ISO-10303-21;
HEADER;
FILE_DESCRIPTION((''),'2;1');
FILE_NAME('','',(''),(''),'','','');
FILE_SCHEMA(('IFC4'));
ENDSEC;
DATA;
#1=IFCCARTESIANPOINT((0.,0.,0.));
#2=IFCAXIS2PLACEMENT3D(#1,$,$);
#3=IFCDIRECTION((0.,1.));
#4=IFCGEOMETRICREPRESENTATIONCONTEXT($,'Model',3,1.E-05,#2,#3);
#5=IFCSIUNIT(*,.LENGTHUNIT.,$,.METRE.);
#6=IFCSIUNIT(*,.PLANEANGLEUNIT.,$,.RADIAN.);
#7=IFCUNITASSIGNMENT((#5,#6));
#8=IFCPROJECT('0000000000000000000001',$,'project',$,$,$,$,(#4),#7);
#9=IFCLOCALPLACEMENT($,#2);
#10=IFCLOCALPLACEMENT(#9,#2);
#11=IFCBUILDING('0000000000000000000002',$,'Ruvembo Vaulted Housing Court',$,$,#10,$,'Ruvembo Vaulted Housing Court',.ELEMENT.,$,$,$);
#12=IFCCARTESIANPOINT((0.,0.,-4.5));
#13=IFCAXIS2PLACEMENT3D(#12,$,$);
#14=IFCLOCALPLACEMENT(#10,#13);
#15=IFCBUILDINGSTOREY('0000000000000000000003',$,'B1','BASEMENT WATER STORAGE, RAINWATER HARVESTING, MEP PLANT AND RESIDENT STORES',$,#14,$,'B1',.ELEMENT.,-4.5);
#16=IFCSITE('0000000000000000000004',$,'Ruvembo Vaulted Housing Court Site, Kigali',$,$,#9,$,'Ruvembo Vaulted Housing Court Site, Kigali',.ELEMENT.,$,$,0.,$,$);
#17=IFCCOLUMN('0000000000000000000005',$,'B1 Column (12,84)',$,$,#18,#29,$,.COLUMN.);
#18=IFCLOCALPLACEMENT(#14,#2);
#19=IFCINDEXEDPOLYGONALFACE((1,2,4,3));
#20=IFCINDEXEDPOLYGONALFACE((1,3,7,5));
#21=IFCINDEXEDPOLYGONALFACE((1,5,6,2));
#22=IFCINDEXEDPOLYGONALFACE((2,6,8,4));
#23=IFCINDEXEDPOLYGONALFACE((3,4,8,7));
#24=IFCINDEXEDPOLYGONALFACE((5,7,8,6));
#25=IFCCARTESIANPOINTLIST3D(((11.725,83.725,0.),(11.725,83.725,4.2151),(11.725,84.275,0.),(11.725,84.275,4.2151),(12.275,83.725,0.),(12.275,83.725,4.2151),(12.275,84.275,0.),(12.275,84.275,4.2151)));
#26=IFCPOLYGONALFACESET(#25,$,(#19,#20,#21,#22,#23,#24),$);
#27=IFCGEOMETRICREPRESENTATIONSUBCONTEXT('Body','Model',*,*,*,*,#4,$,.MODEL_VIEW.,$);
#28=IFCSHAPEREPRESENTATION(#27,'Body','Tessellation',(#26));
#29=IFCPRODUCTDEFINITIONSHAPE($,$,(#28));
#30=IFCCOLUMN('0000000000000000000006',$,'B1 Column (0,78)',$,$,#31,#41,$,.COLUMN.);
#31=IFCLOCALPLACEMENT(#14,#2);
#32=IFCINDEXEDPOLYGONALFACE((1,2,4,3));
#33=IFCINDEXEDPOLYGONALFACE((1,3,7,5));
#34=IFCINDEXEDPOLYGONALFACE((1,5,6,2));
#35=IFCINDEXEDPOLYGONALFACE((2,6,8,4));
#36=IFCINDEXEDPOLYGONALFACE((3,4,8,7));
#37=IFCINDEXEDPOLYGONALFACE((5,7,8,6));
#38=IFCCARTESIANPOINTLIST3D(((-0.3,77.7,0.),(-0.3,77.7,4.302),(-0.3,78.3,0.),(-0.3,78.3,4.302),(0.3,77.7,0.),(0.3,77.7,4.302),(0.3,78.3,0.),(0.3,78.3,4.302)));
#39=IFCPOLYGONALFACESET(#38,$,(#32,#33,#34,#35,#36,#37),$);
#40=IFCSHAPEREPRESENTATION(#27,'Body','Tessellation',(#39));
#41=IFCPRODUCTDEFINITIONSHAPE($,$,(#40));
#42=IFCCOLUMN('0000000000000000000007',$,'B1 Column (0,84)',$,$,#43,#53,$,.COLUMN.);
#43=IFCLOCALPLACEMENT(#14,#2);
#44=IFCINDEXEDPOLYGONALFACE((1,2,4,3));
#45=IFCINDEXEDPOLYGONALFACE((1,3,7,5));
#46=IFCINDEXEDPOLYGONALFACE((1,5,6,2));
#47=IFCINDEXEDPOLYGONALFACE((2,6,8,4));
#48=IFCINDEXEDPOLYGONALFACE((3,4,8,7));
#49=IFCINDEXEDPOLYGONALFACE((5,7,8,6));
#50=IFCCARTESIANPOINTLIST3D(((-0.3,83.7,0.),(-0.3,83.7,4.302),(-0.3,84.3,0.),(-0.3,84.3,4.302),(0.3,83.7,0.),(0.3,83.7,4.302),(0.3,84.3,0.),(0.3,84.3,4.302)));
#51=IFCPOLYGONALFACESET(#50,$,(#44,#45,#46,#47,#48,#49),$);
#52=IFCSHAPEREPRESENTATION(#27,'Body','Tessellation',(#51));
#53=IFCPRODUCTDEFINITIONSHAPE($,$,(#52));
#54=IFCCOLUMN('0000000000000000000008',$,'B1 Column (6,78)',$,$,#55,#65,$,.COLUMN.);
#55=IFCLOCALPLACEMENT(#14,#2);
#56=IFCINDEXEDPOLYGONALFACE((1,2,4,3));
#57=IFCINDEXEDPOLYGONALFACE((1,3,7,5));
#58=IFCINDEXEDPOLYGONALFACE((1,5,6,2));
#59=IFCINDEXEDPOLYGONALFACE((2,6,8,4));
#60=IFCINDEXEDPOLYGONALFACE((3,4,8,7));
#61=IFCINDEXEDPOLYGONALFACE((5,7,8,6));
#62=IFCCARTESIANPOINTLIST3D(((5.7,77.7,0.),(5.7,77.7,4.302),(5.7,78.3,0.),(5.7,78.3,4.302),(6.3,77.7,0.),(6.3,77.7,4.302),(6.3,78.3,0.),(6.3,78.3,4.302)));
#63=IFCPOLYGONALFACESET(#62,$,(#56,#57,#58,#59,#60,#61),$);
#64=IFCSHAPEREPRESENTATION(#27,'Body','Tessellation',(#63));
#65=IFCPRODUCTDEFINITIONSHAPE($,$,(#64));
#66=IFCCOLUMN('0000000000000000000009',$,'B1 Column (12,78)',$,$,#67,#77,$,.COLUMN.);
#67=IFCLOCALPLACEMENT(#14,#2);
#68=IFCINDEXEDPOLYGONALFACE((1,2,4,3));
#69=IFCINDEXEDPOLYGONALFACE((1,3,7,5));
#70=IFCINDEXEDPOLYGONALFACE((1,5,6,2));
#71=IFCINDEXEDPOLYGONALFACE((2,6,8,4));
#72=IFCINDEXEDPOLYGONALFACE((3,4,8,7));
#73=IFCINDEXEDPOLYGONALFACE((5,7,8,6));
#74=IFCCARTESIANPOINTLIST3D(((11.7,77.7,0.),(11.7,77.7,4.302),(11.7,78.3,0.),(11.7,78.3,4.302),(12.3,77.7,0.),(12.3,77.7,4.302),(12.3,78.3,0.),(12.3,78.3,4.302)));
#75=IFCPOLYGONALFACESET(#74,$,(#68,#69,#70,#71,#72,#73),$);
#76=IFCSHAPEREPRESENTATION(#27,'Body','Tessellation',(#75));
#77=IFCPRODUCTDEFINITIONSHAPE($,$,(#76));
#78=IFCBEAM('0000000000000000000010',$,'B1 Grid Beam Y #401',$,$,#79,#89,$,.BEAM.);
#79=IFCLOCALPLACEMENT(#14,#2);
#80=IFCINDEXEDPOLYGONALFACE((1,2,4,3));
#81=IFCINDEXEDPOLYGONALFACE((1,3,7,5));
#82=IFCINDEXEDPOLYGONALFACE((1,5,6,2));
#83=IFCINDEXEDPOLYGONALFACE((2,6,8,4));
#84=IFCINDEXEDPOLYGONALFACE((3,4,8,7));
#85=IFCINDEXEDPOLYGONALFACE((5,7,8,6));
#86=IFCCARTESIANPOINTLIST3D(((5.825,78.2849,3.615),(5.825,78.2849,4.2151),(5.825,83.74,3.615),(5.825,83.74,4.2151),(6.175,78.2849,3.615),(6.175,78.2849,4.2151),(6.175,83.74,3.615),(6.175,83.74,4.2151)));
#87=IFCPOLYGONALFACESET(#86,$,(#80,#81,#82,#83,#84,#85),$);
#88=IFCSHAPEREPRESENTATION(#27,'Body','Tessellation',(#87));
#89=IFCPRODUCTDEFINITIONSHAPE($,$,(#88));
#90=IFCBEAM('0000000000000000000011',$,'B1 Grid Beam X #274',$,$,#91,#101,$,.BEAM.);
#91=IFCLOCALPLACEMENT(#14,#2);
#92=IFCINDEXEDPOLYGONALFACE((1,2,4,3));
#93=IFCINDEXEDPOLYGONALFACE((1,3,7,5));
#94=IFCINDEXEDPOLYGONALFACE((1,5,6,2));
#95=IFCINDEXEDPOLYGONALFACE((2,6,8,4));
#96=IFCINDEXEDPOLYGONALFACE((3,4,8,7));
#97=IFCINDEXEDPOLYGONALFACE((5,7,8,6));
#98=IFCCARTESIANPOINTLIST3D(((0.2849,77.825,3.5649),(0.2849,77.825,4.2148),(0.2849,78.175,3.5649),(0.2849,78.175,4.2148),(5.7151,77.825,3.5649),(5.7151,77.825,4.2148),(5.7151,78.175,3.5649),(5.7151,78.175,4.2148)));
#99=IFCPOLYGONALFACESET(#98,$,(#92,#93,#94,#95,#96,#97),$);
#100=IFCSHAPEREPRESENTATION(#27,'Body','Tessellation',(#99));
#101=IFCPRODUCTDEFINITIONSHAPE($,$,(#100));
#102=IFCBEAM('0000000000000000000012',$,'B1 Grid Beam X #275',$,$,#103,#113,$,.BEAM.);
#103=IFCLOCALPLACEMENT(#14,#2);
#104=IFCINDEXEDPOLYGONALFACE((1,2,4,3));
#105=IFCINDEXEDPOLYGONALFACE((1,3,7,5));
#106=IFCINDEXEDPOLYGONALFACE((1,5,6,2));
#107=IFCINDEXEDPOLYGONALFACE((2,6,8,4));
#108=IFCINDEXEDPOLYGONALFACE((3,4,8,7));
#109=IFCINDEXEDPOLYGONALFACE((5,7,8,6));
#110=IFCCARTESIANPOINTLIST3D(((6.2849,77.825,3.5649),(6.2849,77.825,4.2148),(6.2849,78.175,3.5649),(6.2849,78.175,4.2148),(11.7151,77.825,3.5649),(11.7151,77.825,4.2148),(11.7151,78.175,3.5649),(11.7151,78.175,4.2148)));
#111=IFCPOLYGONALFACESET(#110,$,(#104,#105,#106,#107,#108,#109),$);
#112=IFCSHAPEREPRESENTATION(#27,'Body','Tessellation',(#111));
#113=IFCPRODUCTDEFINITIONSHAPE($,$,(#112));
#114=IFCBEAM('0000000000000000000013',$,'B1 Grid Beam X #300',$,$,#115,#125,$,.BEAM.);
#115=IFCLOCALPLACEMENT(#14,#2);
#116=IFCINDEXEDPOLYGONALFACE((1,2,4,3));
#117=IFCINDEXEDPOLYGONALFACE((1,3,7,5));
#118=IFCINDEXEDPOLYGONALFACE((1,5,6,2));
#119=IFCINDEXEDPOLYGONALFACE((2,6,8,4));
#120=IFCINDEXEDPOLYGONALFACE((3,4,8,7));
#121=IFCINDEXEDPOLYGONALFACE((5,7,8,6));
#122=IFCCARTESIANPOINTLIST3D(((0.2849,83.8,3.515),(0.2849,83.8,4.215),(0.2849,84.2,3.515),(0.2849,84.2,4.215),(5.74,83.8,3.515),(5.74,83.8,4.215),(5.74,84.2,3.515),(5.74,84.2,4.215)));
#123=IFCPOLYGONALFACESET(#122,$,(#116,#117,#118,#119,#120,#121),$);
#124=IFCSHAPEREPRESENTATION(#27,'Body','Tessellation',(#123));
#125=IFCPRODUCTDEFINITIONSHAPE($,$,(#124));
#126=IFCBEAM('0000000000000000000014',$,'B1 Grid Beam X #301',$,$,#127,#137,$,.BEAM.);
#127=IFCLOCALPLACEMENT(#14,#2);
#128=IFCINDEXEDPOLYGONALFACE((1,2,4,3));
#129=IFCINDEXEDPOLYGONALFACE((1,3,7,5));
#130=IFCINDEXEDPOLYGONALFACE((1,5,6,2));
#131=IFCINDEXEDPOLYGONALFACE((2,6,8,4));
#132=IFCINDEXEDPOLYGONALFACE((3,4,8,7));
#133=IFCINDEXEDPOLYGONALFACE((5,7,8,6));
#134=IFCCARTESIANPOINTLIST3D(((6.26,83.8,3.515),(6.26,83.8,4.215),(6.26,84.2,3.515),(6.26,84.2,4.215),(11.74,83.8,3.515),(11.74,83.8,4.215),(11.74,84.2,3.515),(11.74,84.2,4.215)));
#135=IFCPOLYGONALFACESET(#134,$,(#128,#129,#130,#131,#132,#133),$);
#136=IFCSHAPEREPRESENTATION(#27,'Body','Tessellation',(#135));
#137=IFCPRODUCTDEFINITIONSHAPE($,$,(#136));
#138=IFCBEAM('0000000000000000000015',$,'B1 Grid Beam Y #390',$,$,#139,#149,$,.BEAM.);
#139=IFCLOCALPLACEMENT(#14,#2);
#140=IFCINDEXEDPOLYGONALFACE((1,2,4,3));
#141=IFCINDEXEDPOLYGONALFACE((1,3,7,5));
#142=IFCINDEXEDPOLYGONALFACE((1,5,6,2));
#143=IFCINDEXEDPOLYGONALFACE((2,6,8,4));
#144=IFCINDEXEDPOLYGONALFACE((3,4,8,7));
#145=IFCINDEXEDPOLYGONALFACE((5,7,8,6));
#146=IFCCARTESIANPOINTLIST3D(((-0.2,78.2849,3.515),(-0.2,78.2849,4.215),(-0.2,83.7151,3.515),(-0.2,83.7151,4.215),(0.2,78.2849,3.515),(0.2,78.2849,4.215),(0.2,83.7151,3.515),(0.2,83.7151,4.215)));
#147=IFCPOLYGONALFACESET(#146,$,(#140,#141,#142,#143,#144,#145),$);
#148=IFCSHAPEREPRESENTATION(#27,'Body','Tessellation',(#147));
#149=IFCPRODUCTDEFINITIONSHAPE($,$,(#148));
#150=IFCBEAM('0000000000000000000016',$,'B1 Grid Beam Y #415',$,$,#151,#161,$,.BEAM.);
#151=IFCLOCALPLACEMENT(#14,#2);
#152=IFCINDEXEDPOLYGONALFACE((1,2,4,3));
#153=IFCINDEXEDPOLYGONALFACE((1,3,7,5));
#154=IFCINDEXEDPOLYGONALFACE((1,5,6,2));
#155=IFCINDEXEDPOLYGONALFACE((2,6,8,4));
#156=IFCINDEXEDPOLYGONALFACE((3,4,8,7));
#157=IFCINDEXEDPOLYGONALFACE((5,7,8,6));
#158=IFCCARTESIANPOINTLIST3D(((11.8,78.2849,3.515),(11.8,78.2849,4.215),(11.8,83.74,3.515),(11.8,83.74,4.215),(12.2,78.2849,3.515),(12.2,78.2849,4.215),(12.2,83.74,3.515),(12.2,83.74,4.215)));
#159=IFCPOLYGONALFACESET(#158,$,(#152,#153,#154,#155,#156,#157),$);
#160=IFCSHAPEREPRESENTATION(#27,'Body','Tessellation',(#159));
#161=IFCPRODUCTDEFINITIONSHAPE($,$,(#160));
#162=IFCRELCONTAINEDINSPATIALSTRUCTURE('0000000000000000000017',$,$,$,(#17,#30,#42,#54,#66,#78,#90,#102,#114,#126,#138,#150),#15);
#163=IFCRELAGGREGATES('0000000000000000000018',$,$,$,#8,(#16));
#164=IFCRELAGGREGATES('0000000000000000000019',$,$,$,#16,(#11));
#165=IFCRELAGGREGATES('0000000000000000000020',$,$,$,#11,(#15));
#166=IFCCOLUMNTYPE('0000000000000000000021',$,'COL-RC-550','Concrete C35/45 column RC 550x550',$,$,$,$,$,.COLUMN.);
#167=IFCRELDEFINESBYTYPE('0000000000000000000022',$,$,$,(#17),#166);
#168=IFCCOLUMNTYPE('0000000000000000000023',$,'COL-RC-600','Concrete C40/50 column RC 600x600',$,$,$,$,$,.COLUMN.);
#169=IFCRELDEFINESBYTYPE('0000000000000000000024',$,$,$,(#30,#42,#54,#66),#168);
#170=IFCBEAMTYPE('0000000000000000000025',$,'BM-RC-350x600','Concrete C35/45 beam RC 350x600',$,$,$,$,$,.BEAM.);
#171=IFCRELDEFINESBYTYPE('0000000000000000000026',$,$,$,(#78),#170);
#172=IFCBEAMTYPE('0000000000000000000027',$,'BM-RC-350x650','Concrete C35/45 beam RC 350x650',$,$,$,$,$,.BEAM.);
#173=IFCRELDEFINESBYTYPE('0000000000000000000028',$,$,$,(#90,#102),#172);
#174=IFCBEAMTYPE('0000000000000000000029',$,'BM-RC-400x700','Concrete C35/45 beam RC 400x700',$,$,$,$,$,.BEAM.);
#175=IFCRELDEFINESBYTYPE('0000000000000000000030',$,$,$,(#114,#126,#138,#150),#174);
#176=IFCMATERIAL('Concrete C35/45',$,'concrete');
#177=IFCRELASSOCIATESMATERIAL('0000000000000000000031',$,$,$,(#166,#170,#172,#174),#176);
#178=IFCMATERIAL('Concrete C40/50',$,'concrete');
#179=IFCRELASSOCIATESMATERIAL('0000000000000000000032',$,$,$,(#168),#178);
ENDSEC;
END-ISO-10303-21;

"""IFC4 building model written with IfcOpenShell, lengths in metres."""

from ifc_helpers import new_model, si_unit, direction, frame, origin, origin_2d, place, context, subcontext, project, spatial, rectangle, extrude, material, material_profile, profile_set, type_object, element, save


model = new_model("IFC4")

# Units and contexts
model_context = context("Model", 3, precision=1e-05, world=origin(), true_north=direction((0.0, 1.0)))
body_context = subcontext(model_context, "Body", "Model", "MODEL_VIEW")
ifc_project = project(units=[si_unit("LENGTHUNIT", "METRE"), si_unit("PLANEANGLEUNIT", "RADIAN")], contexts=[model_context])

# Site, building, storey
site_placement = place(None, origin())
site = spatial("IfcSite", under=ifc_project, at=site_placement, Name="Ruvembo Vaulted Housing Court Site, Kigali", LongName="Ruvembo Vaulted Housing Court Site, Kigali", CompositionType="ELEMENT", RefElevation=0.0)
building_placement = place(site_placement, origin())
building = spatial("IfcBuilding", under=site, at=building_placement, Name="Ruvembo Vaulted Housing Court", LongName="Ruvembo Vaulted Housing Court", CompositionType="ELEMENT")
storey_placement = place(building_placement, frame((0.0, 0.0, -4.5)))
storey = spatial("IfcBuildingStorey", under=building, at=storey_placement, Name="B1", Description="BASEMENT WATER STORAGE, RAINWATER HARVESTING, MEP PLANT AND RESIDENT STORES", LongName="B1", CompositionType="ELEMENT", Elevation=-4.5)

# Shared definitions
ifc_material_1 = material(Name="Concrete C35/45", Category="concrete")

# Columns
ifc_material_profile_1 = material_profile(ifc_material_1, rectangle(XDim=0.55, YDim=0.55, at=origin_2d()), Name="RC 550x550")
ifc_profile_set_1 = profile_set([ifc_material_profile_1], Name="Concrete C35/45")
column_type_1 = type_object("IfcColumnType", Name="COL-RC-550", Description="Concrete C35/45 column RC 550x550", PredefinedType="COLUMN", material=ifc_profile_set_1)
for number, where, z_axis, x_axis, name in (
    (1, (12.0, 84.0, 0.0), (0.0, 0.0, 1.0), (1.0, 0.0, 0.0), "B1 Column (12,84)"),
):
    element("IfcColumn", number, at=place(storey_placement, frame(where, z_axis=z_axis, x_axis=x_axis)), inside=storey, type_object=column_type_1, Name=name, PredefinedType="COLUMN", context=body_context, shape_type="SweptSolid", body=[
        extrude(rectangle(XDim=0.55, YDim=0.55, at=origin_2d()), origin(), (0.0, 0.0, 1.0), 4.2151),
    ])
ifc_material_2 = material(Name="Concrete C40/50", Category="concrete")
ifc_material_profile_2 = material_profile(ifc_material_2, rectangle(XDim=0.6001, YDim=0.6001, at=origin_2d()), Name="RC 600x600")
ifc_profile_set_2 = profile_set([ifc_material_profile_2], Name="Concrete C40/50")
column_type_2 = type_object("IfcColumnType", Name="COL-RC-600", Description="Concrete C40/50 column RC 600x600", PredefinedType="COLUMN", material=ifc_profile_set_2)
for number, where, z_axis, x_axis, name in (
    (2, (0.0, 78.0, 0.0), (0.0, 0.0, 1.0), (1.0, 0.0, 0.0), "B1 Column (0,78)"),
    (3, (0.0, 84.0, 0.0), (0.0, 0.0, 1.0), (1.0, 0.0, 0.0), "B1 Column (0,84)"),
    (4, (6.0, 78.0, 0.0), (0.0, 0.0, 1.0), (1.0, 0.0, 0.0), "B1 Column (6,78)"),
    (5, (12.0, 78.0, 0.0), (0.0, 0.0, 1.0), (1.0, 0.0, 0.0), "B1 Column (12,78)"),
):
    element("IfcColumn", number, at=place(storey_placement, frame(where, z_axis=z_axis, x_axis=x_axis)), inside=storey, type_object=column_type_2, Name=name, PredefinedType="COLUMN", context=body_context, shape_type="SweptSolid", body=[
        extrude(rectangle(XDim=0.6001, YDim=0.6001, at=origin_2d()), origin(), (0.0, 0.0, 1.0), 4.302),
    ])

# Beams
ifc_material_profile_3 = material_profile(ifc_material_1, rectangle(XDim=0.3501, YDim=0.6001, at=origin_2d()), Name="RC 350x600")
ifc_profile_set_3 = profile_set([ifc_material_profile_3], Name="Concrete C35/45")
beam_type_1 = type_object("IfcBeamType", Name="BM-RC-350x600", Description="Concrete C35/45 beam RC 350x600", PredefinedType="BEAM", material=ifc_profile_set_3)
beam_1_placement = place(storey_placement, frame((6.0, 78.2849, 3.915), z_axis=(0.0, 1.0, 0.0), x_axis=(-1.0, 0.0, 0.0)))
element("IfcBeam", 6, at=beam_1_placement, inside=storey, type_object=beam_type_1, Name="B1 Grid Beam Y #401", PredefinedType="BEAM", context=body_context, shape_type="SweptSolid", body=[
    extrude(rectangle(XDim=0.3501, YDim=0.6001, at=origin_2d()), origin(), (0.0, 0.0, 1.0), 5.4551),
])
ifc_material_profile_4 = material_profile(ifc_material_1, rectangle(XDim=0.3501, YDim=0.6499, at=origin_2d()), Name="RC 350x650")
ifc_profile_set_4 = profile_set([ifc_material_profile_4], Name="Concrete C35/45")
beam_type_2 = type_object("IfcBeamType", Name="BM-RC-350x650", Description="Concrete C35/45 beam RC 350x650", PredefinedType="BEAM", material=ifc_profile_set_4)
for number, where, z_axis, x_axis, name in (
    (7, (0.2849, 78.0, 3.8899), (1.0, 0.0, 0.0), (0.0, 1.0, 0.0), "B1 Grid Beam X #274"),
    (8, (6.2849, 78.0, 3.8899), (1.0, 0.0, 0.0), (0.0, 1.0, 0.0), "B1 Grid Beam X #275"),
):
    element("IfcBeam", number, at=place(storey_placement, frame(where, z_axis=z_axis, x_axis=x_axis)), inside=storey, type_object=beam_type_2, Name=name, PredefinedType="BEAM", context=body_context, shape_type="SweptSolid", body=[
        extrude(rectangle(XDim=0.3501, YDim=0.6499, at=origin_2d()), origin(), (0.0, 0.0, 1.0), 5.4302),
    ])
ifc_material_profile_5 = material_profile(ifc_material_1, rectangle(XDim=0.3999, YDim=0.7, at=origin_2d()), Name="RC 400x700")
ifc_profile_set_5 = profile_set([ifc_material_profile_5], Name="Concrete C35/45")
beam_type_3 = type_object("IfcBeamType", Name="BM-RC-400x700", Description="Concrete C35/45 beam RC 400x700", PredefinedType="BEAM", material=ifc_profile_set_5)
beam_2_placement = place(storey_placement, frame((0.2849, 84.0, 3.865), z_axis=(1.0, 0.0, 0.0), x_axis=(0.0, 1.0, 0.0)))
element("IfcBeam", 9, at=beam_2_placement, inside=storey, type_object=beam_type_3, Name="B1 Grid Beam X #300", PredefinedType="BEAM", context=body_context, shape_type="SweptSolid", body=[
    extrude(rectangle(XDim=0.3999, YDim=0.7, at=origin_2d()), origin(), (0.0, 0.0, 1.0), 5.4551),
])
beam_3_placement = place(storey_placement, frame((6.26, 84.0, 3.865), z_axis=(1.0, 0.0, 0.0), x_axis=(0.0, 1.0, 0.0)))
element("IfcBeam", 10, at=beam_3_placement, inside=storey, type_object=beam_type_3, Name="B1 Grid Beam X #301", PredefinedType="BEAM", context=body_context, shape_type="SweptSolid", body=[
    extrude(rectangle(XDim=0.3999, YDim=0.7, at=origin_2d()), origin(), (0.0, 0.0, 1.0), 5.48),
])
beam_4_placement = place(storey_placement, frame((0.0, 78.2849, 3.865), z_axis=(0.0, 1.0, 0.0), x_axis=(-1.0, 0.0, 0.0)))
element("IfcBeam", 11, at=beam_4_placement, inside=storey, type_object=beam_type_3, Name="B1 Grid Beam Y #390", PredefinedType="BEAM", context=body_context, shape_type="SweptSolid", body=[
    extrude(rectangle(XDim=0.3999, YDim=0.7, at=origin_2d()), origin(), (0.0, 0.0, 1.0), 5.4302),
])
beam_5_placement = place(storey_placement, frame((12.0, 78.2849, 3.865), z_axis=(0.0, 1.0, 0.0), x_axis=(-1.0, 0.0, 0.0)))
element("IfcBeam", 12, at=beam_5_placement, inside=storey, type_object=beam_type_3, Name="B1 Grid Beam Y #415", PredefinedType="BEAM", context=body_context, shape_type="SweptSolid", body=[
    extrude(rectangle(XDim=0.3999, YDim=0.7, at=origin_2d()), origin(), (0.0, 0.0, 1.0), 5.4551),
])

save(model, "model.ifc")
